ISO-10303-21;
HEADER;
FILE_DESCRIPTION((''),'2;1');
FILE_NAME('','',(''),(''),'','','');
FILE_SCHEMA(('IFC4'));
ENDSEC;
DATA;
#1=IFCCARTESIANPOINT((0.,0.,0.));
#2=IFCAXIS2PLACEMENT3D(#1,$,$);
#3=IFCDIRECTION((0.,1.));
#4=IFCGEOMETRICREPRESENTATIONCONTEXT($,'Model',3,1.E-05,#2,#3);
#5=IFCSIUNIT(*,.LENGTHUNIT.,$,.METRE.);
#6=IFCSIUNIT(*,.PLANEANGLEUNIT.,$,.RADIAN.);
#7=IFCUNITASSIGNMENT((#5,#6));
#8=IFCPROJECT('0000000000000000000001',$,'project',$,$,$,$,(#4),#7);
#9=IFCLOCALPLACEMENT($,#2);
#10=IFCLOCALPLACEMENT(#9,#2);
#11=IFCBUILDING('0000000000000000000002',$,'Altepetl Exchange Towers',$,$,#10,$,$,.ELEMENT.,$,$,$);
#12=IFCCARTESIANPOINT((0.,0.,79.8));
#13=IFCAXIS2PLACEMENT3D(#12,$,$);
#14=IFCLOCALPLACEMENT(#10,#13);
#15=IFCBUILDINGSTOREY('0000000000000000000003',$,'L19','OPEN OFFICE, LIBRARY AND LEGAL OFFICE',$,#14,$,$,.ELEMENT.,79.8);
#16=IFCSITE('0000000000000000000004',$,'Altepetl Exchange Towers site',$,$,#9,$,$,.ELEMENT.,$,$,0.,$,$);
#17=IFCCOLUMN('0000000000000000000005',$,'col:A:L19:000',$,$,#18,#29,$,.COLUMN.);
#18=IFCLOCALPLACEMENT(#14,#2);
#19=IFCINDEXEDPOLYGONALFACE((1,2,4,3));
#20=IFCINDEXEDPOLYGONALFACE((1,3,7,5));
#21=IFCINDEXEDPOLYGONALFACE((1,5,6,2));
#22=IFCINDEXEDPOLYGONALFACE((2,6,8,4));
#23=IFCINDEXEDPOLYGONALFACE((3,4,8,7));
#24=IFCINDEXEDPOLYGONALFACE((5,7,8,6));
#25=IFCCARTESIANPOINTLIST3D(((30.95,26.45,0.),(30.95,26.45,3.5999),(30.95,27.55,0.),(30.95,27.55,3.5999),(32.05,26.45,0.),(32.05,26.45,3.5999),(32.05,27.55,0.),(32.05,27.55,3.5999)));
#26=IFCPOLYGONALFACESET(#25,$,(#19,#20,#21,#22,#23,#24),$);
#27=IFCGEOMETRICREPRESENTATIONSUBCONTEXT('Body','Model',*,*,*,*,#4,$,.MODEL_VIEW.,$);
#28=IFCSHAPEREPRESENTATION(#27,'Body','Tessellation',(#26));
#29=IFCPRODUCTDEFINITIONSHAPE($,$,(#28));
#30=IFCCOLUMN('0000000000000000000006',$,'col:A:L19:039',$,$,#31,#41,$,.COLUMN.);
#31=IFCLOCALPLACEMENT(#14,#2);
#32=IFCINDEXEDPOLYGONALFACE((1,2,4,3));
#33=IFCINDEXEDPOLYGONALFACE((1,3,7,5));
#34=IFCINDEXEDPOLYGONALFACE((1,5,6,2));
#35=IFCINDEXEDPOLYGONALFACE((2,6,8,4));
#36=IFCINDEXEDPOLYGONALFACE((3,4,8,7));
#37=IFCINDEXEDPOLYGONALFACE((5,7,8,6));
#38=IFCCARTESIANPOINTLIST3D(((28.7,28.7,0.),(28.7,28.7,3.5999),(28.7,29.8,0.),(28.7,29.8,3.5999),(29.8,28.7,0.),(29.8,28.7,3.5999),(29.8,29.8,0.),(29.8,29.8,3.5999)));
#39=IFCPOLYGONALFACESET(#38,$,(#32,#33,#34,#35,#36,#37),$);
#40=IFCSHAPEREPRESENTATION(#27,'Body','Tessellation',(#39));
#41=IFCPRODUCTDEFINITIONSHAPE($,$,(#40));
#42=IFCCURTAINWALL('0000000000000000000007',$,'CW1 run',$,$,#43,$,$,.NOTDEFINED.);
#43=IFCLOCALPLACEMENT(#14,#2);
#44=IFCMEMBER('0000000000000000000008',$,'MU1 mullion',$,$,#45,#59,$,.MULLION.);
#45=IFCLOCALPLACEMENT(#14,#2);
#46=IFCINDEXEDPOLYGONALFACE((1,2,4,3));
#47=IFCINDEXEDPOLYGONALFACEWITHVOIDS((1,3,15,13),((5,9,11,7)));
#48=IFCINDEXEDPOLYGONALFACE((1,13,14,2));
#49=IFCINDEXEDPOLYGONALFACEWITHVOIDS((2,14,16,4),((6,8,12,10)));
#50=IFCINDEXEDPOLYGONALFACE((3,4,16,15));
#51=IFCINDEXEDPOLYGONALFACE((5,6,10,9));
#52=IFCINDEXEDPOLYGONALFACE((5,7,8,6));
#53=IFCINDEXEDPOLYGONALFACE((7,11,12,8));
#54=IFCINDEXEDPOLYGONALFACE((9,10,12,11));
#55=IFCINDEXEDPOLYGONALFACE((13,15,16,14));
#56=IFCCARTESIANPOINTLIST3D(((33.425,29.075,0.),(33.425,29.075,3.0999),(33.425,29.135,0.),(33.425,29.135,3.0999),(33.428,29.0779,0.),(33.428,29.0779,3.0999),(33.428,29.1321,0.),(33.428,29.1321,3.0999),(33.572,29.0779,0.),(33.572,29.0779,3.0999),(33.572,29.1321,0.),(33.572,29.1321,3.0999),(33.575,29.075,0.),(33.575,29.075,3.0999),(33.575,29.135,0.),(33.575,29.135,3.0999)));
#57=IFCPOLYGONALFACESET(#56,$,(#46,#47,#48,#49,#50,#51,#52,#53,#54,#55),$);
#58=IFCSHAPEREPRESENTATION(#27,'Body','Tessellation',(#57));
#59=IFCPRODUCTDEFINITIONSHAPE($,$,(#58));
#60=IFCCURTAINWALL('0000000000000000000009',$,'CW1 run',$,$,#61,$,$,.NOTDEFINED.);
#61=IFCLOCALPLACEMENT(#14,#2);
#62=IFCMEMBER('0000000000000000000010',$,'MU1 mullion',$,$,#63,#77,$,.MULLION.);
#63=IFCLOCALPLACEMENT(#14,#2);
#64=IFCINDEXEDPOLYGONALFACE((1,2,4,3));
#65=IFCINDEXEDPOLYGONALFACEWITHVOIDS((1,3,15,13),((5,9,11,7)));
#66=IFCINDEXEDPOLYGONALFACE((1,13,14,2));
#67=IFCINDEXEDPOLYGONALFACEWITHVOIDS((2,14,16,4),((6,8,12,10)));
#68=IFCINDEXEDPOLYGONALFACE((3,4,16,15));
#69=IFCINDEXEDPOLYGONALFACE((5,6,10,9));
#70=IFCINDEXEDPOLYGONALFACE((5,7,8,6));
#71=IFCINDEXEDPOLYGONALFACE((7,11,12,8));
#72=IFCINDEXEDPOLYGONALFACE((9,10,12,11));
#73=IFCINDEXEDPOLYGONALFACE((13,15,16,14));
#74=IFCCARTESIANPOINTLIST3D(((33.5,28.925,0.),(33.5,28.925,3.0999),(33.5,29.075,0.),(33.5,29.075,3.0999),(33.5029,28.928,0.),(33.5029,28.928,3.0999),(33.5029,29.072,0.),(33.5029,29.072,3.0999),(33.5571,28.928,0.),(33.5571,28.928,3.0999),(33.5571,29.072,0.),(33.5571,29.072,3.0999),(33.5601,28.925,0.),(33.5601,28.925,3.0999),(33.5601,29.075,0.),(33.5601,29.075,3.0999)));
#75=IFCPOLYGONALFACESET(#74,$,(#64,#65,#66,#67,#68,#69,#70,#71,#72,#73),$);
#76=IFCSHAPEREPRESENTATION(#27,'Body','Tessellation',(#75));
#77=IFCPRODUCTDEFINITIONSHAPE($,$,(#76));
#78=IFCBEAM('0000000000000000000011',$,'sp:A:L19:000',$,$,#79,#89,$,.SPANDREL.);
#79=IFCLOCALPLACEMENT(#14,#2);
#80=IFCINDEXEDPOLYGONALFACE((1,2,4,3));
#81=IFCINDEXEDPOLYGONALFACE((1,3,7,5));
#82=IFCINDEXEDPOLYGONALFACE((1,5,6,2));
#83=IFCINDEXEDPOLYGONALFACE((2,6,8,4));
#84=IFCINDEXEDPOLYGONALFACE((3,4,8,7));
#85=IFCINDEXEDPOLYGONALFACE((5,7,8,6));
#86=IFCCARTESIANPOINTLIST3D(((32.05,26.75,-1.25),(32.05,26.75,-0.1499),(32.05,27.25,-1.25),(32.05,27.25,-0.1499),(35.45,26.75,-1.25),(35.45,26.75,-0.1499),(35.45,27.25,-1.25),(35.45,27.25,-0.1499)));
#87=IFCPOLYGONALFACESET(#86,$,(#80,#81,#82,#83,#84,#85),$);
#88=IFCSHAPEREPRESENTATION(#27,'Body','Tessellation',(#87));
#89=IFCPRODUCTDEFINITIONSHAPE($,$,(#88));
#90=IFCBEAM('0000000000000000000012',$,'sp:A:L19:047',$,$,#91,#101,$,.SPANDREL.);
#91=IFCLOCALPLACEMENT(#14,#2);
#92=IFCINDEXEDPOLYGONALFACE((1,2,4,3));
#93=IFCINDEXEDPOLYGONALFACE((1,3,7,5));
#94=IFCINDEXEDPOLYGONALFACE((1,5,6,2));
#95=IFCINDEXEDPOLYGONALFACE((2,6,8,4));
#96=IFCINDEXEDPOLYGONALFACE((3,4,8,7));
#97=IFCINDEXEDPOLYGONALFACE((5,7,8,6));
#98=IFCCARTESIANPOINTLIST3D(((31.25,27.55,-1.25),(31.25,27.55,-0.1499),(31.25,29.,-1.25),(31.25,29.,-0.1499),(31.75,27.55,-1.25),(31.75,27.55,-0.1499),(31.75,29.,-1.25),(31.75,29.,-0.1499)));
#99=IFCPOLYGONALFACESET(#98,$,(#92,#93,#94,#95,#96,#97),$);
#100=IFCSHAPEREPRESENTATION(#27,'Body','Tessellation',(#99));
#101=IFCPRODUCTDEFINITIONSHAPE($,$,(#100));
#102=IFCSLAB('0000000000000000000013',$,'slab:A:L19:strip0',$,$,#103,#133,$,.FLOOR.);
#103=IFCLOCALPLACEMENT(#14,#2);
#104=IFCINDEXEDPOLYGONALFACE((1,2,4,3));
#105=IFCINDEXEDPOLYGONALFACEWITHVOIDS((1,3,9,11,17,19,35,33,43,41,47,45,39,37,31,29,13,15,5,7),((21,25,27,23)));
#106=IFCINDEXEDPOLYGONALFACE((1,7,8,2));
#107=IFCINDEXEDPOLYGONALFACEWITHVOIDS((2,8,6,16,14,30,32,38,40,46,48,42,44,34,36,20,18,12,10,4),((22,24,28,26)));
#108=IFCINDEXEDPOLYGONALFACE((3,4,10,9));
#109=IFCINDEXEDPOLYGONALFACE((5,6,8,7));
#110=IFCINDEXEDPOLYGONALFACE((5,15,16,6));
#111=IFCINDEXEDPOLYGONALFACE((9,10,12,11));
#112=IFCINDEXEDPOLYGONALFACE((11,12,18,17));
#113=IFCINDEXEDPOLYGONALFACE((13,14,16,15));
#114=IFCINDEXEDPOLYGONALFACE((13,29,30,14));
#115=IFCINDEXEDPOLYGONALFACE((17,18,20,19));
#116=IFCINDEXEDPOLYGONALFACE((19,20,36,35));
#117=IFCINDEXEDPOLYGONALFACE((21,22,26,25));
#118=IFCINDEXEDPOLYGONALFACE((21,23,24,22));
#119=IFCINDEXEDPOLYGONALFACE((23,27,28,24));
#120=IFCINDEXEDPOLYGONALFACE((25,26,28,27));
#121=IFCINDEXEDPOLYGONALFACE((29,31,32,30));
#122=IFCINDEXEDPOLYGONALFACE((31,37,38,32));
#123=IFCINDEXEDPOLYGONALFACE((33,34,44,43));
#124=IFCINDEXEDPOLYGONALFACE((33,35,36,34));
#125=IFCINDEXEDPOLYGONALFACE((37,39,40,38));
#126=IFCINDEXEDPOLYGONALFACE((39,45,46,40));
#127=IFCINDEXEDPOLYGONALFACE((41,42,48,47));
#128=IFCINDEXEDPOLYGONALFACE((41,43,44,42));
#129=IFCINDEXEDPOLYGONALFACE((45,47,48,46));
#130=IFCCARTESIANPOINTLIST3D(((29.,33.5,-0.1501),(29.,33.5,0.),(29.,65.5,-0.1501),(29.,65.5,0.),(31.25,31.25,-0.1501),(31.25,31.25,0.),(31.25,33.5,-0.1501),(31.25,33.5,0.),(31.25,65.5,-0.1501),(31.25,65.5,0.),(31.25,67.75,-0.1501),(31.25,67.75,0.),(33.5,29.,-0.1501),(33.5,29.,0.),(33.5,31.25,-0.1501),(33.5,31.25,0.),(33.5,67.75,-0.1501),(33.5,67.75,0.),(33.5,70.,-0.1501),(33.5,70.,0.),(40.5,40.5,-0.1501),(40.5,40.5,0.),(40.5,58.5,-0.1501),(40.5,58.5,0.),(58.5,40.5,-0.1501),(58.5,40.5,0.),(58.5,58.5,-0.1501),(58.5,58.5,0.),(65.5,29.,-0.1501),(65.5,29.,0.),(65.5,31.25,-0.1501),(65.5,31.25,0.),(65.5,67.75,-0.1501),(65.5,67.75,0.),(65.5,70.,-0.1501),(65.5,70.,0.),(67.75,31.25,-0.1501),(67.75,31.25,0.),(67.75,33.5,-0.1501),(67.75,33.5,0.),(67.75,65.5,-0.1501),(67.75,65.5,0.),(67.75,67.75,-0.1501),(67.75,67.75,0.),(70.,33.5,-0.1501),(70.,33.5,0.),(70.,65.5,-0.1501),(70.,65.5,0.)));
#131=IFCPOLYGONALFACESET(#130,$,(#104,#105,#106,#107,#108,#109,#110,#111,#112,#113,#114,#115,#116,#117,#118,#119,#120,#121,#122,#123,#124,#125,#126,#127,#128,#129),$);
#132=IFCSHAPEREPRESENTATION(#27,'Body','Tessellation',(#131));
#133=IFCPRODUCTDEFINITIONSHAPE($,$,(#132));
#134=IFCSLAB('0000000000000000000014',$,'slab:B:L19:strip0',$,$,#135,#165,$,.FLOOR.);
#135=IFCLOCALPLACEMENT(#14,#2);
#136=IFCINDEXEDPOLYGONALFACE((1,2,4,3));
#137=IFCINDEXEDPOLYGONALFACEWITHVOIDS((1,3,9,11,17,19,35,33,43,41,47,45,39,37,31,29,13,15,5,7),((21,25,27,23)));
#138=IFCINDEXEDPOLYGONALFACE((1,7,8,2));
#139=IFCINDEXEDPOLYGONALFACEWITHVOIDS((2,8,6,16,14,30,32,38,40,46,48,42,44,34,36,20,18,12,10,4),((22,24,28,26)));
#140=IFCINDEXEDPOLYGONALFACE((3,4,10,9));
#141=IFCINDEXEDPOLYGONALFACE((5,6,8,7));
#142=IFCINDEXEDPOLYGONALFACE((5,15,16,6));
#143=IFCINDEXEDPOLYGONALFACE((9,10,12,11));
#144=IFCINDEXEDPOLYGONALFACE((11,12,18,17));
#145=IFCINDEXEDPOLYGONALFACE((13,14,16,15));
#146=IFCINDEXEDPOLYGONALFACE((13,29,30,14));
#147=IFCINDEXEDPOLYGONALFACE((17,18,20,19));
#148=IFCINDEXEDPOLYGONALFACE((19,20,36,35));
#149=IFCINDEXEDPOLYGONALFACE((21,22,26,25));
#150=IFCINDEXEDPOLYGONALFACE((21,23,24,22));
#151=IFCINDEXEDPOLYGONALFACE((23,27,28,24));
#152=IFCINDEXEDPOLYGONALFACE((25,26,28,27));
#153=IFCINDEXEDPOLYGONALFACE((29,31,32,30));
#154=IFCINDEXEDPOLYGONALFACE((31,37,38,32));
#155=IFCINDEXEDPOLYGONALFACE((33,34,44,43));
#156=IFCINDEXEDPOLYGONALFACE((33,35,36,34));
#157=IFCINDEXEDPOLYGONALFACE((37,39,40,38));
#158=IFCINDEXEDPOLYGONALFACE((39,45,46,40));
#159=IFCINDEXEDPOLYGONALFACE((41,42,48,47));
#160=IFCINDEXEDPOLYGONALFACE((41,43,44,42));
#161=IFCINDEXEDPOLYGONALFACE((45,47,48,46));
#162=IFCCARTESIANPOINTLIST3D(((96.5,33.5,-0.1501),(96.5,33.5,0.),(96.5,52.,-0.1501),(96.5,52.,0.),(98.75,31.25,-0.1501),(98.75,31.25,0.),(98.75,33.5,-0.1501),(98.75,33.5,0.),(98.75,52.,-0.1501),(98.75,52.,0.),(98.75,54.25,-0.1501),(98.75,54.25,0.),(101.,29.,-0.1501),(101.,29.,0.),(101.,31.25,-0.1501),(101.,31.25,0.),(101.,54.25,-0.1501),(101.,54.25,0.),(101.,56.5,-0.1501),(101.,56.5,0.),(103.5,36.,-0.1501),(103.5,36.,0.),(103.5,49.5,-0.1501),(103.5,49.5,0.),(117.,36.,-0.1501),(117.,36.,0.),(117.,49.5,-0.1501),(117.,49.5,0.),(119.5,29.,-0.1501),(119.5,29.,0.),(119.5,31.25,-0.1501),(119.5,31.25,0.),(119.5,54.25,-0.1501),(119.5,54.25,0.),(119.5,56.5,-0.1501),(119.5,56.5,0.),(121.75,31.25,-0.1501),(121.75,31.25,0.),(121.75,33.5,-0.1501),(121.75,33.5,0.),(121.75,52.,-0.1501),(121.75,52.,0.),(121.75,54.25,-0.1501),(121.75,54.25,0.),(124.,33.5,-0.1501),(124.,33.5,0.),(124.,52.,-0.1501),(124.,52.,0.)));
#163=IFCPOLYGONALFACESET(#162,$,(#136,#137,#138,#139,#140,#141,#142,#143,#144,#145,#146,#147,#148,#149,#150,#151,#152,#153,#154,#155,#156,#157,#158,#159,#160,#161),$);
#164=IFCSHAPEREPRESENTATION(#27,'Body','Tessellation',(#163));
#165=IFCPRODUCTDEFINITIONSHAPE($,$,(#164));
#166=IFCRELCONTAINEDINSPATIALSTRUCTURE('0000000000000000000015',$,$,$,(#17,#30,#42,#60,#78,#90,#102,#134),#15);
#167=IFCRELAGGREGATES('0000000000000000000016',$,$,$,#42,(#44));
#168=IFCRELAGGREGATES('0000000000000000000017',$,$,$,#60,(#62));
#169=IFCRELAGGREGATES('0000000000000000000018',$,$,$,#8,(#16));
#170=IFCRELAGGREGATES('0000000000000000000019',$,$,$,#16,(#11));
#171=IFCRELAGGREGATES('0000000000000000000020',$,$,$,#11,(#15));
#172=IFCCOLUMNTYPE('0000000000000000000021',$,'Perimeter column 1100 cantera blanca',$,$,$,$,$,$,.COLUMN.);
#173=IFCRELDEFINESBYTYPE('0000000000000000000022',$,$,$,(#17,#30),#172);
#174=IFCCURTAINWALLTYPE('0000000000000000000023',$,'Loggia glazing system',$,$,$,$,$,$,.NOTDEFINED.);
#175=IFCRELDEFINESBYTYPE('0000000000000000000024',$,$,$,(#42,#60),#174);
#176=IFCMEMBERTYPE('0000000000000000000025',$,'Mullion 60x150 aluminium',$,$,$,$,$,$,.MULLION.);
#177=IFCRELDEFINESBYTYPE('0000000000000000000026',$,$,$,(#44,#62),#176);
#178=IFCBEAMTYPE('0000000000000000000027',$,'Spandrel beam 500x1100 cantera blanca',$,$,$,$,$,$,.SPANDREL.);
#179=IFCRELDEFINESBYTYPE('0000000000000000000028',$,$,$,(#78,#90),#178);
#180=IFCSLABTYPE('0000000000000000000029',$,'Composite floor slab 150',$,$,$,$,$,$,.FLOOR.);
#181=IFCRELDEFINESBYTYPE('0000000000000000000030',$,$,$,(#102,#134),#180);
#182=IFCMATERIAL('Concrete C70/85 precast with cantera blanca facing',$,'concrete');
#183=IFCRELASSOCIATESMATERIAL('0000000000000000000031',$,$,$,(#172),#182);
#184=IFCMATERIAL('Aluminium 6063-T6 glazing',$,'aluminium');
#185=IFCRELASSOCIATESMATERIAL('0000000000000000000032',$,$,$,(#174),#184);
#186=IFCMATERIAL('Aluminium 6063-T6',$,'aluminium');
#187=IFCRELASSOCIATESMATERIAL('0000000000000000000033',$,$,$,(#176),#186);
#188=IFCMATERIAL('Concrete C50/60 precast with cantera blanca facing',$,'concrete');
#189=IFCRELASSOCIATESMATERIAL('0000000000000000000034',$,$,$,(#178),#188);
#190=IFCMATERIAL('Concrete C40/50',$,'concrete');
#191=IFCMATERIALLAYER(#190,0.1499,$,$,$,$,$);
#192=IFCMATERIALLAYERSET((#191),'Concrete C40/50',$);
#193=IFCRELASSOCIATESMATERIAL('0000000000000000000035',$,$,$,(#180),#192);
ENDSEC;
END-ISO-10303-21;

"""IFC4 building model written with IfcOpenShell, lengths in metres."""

from ifc_helpers import new_model, si_unit, direction, frame, origin, origin_2d, place, context, subcontext, project, spatial, polyline, rectangle, hollow_rectangle, outline, extrude, material, layer, layer_set, material_profile, profile_set, type_object, element, aggregate, save


model = new_model("IFC4")

# Units and contexts
model_context = context("Model", 3, precision=1e-05, world=origin(), true_north=direction((0.0, 1.0)))
body_context = subcontext(model_context, "Body", "Model", "MODEL_VIEW")
ifc_project = project(units=[si_unit("LENGTHUNIT", "METRE"), si_unit("PLANEANGLEUNIT", "RADIAN")], contexts=[model_context])

# Site, building, storey
site_placement = place(None, origin())
site = spatial("IfcSite", under=ifc_project, at=site_placement, Name="Altepetl Exchange Towers site", CompositionType="ELEMENT", RefElevation=0.0)
building_placement = place(site_placement, origin())
building = spatial("IfcBuilding", under=site, at=building_placement, Name="Altepetl Exchange Towers", CompositionType="ELEMENT")
storey_placement = place(building_placement, frame((0.0, 0.0, 79.8)))
storey = spatial("IfcBuildingStorey", under=building, at=storey_placement, Name="L19", Description="OPEN OFFICE, LIBRARY AND LEGAL OFFICE", CompositionType="ELEMENT", Elevation=79.8)

# Columns
ifc_material_1 = material(Name="Concrete C70/85 precast with cantera blanca facing", Category="concrete")
ifc_material_profile_1 = material_profile(ifc_material_1, rectangle(XDim=1.1001, YDim=1.1001, at=origin_2d()), Name="1100 x 1100")
ifc_profile_set_1 = profile_set([ifc_material_profile_1], Name="Concrete C70/85 precast with cantera blanca facing")
column_type = type_object("IfcColumnType", Name="Perimeter column 1100 cantera blanca", PredefinedType="COLUMN", material=ifc_profile_set_1)
for number, where, name in (
    (1, (31.5, 27.0, 0.0), "col:A:L19:000"),
    (2, (29.25, 29.25, 0.0), "col:A:L19:039"),
):
    element("IfcColumn", number, at=place(storey_placement, frame(where)), inside=storey, type_object=column_type, Name=name, PredefinedType="COLUMN", context=body_context, shape_type="SweptSolid", body=[
        extrude(rectangle(XDim=1.1001, YDim=1.1001, at=origin_2d()), origin(), (0.0, 0.0, 1.0), 3.5999),
    ])

# Curtain walls, members
ifc_material_2 = material(Name="Aluminium 6063-T6 glazing", Category="aluminium")
curtain_wall_type = type_object("IfcCurtainWallType", Name="Loggia glazing system", PredefinedType="NOTDEFINED", material=ifc_material_2)
curtain_wall_1_placement = place(storey_placement, origin())
curtain_wall_1 = element("IfcCurtainWall", 3, at=curtain_wall_1_placement, inside=storey, type_object=curtain_wall_type, Name="CW1 run", PredefinedType="NOTDEFINED")
ifc_material_3 = material(Name="Aluminium 6063-T6", Category="aluminium")
ifc_material_profile_2 = material_profile(ifc_material_3, hollow_rectangle(XDim=0.0601, YDim=0.1499, WallThickness=0.0029, at=origin_2d()), Name="Mullion 60x150 aluminium")
ifc_profile_set_2 = profile_set([ifc_material_profile_2], Name="Aluminium 6063-T6")
member_type = type_object("IfcMemberType", Name="Mullion 60x150 aluminium", PredefinedType="MULLION", material=ifc_profile_set_2)
member_1_placement = place(storey_placement, frame((33.5, 29.105, 0.0), z_axis=(0.0, 0.0, 1.0), x_axis=(0.0, -1.0, 0.0)))
member_1 = element("IfcMember", 4, at=member_1_placement, type_object=member_type, Name="MU1 mullion", PredefinedType="MULLION", context=body_context, shape_type="SweptSolid", body=[
    extrude(hollow_rectangle(XDim=0.0601, YDim=0.1499, WallThickness=0.0029, at=origin_2d()), origin(), (0.0, 0.0, 1.0), 3.0999),
])
aggregate(curtain_wall_1, [member_1])
curtain_wall_2_placement = place(storey_placement, origin())
curtain_wall_2 = element("IfcCurtainWall", 5, at=curtain_wall_2_placement, inside=storey, type_object=curtain_wall_type, Name="CW1 run", PredefinedType="NOTDEFINED")
member_2_placement = place(storey_placement, frame((33.53, 29.0, 0.0)))
member_2 = element("IfcMember", 6, at=member_2_placement, type_object=member_type, Name="MU1 mullion", PredefinedType="MULLION", context=body_context, shape_type="SweptSolid", body=[
    extrude(hollow_rectangle(XDim=0.0601, YDim=0.1499, WallThickness=0.0029, at=origin_2d()), origin(), (0.0, 0.0, 1.0), 3.0999),
])
aggregate(curtain_wall_2, [member_2])

# Beams
ifc_material_4 = material(Name="Concrete C50/60 precast with cantera blanca facing", Category="concrete")
ifc_material_profile_3 = material_profile(ifc_material_4, rectangle(XDim=0.5, YDim=1.1001, at=origin_2d()), Name="500 x 1100")
ifc_profile_set_3 = profile_set([ifc_material_profile_3], Name="Concrete C50/60 precast with cantera blanca facing")
beam_type = type_object("IfcBeamType", Name="Spandrel beam 500x1100 cantera blanca", PredefinedType="SPANDREL", material=ifc_profile_set_3)
beam_1_placement = place(storey_placement, frame((32.05, 27.0, -0.7), z_axis=(1.0, 0.0, 0.0), x_axis=(0.0, 1.0, 0.0)))
element("IfcBeam", 7, at=beam_1_placement, inside=storey, type_object=beam_type, Name="sp:A:L19:000", PredefinedType="SPANDREL", context=body_context, shape_type="SweptSolid", body=[
    extrude(rectangle(XDim=0.5, YDim=1.1001, at=origin_2d()), origin(), (0.0, 0.0, 1.0), 3.3999),
])
beam_2_placement = place(storey_placement, frame((31.5, 29.0, -0.7), z_axis=(0.0, -1.0, 0.0), x_axis=(1.0, 0.0, 0.0)))
element("IfcBeam", 8, at=beam_2_placement, inside=storey, type_object=beam_type, Name="sp:A:L19:047", PredefinedType="SPANDREL", context=body_context, shape_type="SweptSolid", body=[
    extrude(rectangle(XDim=0.5, YDim=1.1001, at=origin_2d()), origin(), (0.0, 0.0, 1.0), 1.45),
])

# Slabs
ifc_material_5 = material(Name="Concrete C40/50", Category="concrete")
ifc_layer_1 = layer(ifc_material_5, 0.1499)
ifc_layer_set_1 = layer_set([ifc_layer_1], Name="Concrete C40/50")
slab_type_1 = type_object("IfcSlabType", Name="Composite floor slab 150", PredefinedType="FLOOR", material=ifc_layer_set_1)
slab_1_placement = place(storey_placement, frame((0.0, 0.0, -0.1501)))
element("IfcSlab", 9, at=slab_1_placement, inside=storey, type_object=slab_type_1, Name="slab:A:L19:strip0", PredefinedType="FLOOR", context=body_context, shape_type="SweptSolid", body=[
    extrude(outline(polyline([(31.25, 67.75), (31.25, 65.5), (29.0, 65.5), (29.0, 33.5), (31.25, 33.5), (31.25, 31.25), (33.5, 31.25), (33.5, 29.0), (65.5, 29.0), (65.5, 31.25), (67.75, 31.25), (67.75, 33.5), (70.0, 33.5), (70.0, 65.5), (67.75, 65.5), (67.75, 67.75), (65.5, 67.75), (65.5, 70.0), (33.5, 70.0), (33.5, 67.75), (31.25, 67.75)]), holes=[polyline([(58.5, 58.5), (58.5, 40.5), (40.5, 40.5), (40.5, 58.5), (58.5, 58.5)])]), origin(), (0.0, 0.0, 1.0), 0.1501),
])
slab_2_placement = place(storey_placement, frame((0.0, 0.0, -0.1501)))
element("IfcSlab", 10, at=slab_2_placement, inside=storey, type_object=slab_type_1, Name="slab:B:L19:strip0", PredefinedType="FLOOR", context=body_context, shape_type="SweptSolid", body=[
    extrude(outline(polyline([(98.75, 54.25), (98.75, 52.0), (96.5, 52.0), (96.5, 33.5), (98.75, 33.5), (98.75, 31.25), (101.0, 31.25), (101.0, 29.0), (119.5, 29.0), (119.5, 31.25), (121.75, 31.25), (121.75, 33.5), (124.0, 33.5), (124.0, 52.0), (121.75, 52.0), (121.75, 54.25), (119.5, 54.25), (119.5, 56.5), (101.0, 56.5), (101.0, 54.25), (98.75, 54.25)]), holes=[polyline([(117.0, 49.5), (117.0, 36.0), (103.5, 36.0), (103.5, 49.5), (117.0, 49.5)])]), origin(), (0.0, 0.0, 1.0), 0.1501),
])

save(model, "model.ifc")
